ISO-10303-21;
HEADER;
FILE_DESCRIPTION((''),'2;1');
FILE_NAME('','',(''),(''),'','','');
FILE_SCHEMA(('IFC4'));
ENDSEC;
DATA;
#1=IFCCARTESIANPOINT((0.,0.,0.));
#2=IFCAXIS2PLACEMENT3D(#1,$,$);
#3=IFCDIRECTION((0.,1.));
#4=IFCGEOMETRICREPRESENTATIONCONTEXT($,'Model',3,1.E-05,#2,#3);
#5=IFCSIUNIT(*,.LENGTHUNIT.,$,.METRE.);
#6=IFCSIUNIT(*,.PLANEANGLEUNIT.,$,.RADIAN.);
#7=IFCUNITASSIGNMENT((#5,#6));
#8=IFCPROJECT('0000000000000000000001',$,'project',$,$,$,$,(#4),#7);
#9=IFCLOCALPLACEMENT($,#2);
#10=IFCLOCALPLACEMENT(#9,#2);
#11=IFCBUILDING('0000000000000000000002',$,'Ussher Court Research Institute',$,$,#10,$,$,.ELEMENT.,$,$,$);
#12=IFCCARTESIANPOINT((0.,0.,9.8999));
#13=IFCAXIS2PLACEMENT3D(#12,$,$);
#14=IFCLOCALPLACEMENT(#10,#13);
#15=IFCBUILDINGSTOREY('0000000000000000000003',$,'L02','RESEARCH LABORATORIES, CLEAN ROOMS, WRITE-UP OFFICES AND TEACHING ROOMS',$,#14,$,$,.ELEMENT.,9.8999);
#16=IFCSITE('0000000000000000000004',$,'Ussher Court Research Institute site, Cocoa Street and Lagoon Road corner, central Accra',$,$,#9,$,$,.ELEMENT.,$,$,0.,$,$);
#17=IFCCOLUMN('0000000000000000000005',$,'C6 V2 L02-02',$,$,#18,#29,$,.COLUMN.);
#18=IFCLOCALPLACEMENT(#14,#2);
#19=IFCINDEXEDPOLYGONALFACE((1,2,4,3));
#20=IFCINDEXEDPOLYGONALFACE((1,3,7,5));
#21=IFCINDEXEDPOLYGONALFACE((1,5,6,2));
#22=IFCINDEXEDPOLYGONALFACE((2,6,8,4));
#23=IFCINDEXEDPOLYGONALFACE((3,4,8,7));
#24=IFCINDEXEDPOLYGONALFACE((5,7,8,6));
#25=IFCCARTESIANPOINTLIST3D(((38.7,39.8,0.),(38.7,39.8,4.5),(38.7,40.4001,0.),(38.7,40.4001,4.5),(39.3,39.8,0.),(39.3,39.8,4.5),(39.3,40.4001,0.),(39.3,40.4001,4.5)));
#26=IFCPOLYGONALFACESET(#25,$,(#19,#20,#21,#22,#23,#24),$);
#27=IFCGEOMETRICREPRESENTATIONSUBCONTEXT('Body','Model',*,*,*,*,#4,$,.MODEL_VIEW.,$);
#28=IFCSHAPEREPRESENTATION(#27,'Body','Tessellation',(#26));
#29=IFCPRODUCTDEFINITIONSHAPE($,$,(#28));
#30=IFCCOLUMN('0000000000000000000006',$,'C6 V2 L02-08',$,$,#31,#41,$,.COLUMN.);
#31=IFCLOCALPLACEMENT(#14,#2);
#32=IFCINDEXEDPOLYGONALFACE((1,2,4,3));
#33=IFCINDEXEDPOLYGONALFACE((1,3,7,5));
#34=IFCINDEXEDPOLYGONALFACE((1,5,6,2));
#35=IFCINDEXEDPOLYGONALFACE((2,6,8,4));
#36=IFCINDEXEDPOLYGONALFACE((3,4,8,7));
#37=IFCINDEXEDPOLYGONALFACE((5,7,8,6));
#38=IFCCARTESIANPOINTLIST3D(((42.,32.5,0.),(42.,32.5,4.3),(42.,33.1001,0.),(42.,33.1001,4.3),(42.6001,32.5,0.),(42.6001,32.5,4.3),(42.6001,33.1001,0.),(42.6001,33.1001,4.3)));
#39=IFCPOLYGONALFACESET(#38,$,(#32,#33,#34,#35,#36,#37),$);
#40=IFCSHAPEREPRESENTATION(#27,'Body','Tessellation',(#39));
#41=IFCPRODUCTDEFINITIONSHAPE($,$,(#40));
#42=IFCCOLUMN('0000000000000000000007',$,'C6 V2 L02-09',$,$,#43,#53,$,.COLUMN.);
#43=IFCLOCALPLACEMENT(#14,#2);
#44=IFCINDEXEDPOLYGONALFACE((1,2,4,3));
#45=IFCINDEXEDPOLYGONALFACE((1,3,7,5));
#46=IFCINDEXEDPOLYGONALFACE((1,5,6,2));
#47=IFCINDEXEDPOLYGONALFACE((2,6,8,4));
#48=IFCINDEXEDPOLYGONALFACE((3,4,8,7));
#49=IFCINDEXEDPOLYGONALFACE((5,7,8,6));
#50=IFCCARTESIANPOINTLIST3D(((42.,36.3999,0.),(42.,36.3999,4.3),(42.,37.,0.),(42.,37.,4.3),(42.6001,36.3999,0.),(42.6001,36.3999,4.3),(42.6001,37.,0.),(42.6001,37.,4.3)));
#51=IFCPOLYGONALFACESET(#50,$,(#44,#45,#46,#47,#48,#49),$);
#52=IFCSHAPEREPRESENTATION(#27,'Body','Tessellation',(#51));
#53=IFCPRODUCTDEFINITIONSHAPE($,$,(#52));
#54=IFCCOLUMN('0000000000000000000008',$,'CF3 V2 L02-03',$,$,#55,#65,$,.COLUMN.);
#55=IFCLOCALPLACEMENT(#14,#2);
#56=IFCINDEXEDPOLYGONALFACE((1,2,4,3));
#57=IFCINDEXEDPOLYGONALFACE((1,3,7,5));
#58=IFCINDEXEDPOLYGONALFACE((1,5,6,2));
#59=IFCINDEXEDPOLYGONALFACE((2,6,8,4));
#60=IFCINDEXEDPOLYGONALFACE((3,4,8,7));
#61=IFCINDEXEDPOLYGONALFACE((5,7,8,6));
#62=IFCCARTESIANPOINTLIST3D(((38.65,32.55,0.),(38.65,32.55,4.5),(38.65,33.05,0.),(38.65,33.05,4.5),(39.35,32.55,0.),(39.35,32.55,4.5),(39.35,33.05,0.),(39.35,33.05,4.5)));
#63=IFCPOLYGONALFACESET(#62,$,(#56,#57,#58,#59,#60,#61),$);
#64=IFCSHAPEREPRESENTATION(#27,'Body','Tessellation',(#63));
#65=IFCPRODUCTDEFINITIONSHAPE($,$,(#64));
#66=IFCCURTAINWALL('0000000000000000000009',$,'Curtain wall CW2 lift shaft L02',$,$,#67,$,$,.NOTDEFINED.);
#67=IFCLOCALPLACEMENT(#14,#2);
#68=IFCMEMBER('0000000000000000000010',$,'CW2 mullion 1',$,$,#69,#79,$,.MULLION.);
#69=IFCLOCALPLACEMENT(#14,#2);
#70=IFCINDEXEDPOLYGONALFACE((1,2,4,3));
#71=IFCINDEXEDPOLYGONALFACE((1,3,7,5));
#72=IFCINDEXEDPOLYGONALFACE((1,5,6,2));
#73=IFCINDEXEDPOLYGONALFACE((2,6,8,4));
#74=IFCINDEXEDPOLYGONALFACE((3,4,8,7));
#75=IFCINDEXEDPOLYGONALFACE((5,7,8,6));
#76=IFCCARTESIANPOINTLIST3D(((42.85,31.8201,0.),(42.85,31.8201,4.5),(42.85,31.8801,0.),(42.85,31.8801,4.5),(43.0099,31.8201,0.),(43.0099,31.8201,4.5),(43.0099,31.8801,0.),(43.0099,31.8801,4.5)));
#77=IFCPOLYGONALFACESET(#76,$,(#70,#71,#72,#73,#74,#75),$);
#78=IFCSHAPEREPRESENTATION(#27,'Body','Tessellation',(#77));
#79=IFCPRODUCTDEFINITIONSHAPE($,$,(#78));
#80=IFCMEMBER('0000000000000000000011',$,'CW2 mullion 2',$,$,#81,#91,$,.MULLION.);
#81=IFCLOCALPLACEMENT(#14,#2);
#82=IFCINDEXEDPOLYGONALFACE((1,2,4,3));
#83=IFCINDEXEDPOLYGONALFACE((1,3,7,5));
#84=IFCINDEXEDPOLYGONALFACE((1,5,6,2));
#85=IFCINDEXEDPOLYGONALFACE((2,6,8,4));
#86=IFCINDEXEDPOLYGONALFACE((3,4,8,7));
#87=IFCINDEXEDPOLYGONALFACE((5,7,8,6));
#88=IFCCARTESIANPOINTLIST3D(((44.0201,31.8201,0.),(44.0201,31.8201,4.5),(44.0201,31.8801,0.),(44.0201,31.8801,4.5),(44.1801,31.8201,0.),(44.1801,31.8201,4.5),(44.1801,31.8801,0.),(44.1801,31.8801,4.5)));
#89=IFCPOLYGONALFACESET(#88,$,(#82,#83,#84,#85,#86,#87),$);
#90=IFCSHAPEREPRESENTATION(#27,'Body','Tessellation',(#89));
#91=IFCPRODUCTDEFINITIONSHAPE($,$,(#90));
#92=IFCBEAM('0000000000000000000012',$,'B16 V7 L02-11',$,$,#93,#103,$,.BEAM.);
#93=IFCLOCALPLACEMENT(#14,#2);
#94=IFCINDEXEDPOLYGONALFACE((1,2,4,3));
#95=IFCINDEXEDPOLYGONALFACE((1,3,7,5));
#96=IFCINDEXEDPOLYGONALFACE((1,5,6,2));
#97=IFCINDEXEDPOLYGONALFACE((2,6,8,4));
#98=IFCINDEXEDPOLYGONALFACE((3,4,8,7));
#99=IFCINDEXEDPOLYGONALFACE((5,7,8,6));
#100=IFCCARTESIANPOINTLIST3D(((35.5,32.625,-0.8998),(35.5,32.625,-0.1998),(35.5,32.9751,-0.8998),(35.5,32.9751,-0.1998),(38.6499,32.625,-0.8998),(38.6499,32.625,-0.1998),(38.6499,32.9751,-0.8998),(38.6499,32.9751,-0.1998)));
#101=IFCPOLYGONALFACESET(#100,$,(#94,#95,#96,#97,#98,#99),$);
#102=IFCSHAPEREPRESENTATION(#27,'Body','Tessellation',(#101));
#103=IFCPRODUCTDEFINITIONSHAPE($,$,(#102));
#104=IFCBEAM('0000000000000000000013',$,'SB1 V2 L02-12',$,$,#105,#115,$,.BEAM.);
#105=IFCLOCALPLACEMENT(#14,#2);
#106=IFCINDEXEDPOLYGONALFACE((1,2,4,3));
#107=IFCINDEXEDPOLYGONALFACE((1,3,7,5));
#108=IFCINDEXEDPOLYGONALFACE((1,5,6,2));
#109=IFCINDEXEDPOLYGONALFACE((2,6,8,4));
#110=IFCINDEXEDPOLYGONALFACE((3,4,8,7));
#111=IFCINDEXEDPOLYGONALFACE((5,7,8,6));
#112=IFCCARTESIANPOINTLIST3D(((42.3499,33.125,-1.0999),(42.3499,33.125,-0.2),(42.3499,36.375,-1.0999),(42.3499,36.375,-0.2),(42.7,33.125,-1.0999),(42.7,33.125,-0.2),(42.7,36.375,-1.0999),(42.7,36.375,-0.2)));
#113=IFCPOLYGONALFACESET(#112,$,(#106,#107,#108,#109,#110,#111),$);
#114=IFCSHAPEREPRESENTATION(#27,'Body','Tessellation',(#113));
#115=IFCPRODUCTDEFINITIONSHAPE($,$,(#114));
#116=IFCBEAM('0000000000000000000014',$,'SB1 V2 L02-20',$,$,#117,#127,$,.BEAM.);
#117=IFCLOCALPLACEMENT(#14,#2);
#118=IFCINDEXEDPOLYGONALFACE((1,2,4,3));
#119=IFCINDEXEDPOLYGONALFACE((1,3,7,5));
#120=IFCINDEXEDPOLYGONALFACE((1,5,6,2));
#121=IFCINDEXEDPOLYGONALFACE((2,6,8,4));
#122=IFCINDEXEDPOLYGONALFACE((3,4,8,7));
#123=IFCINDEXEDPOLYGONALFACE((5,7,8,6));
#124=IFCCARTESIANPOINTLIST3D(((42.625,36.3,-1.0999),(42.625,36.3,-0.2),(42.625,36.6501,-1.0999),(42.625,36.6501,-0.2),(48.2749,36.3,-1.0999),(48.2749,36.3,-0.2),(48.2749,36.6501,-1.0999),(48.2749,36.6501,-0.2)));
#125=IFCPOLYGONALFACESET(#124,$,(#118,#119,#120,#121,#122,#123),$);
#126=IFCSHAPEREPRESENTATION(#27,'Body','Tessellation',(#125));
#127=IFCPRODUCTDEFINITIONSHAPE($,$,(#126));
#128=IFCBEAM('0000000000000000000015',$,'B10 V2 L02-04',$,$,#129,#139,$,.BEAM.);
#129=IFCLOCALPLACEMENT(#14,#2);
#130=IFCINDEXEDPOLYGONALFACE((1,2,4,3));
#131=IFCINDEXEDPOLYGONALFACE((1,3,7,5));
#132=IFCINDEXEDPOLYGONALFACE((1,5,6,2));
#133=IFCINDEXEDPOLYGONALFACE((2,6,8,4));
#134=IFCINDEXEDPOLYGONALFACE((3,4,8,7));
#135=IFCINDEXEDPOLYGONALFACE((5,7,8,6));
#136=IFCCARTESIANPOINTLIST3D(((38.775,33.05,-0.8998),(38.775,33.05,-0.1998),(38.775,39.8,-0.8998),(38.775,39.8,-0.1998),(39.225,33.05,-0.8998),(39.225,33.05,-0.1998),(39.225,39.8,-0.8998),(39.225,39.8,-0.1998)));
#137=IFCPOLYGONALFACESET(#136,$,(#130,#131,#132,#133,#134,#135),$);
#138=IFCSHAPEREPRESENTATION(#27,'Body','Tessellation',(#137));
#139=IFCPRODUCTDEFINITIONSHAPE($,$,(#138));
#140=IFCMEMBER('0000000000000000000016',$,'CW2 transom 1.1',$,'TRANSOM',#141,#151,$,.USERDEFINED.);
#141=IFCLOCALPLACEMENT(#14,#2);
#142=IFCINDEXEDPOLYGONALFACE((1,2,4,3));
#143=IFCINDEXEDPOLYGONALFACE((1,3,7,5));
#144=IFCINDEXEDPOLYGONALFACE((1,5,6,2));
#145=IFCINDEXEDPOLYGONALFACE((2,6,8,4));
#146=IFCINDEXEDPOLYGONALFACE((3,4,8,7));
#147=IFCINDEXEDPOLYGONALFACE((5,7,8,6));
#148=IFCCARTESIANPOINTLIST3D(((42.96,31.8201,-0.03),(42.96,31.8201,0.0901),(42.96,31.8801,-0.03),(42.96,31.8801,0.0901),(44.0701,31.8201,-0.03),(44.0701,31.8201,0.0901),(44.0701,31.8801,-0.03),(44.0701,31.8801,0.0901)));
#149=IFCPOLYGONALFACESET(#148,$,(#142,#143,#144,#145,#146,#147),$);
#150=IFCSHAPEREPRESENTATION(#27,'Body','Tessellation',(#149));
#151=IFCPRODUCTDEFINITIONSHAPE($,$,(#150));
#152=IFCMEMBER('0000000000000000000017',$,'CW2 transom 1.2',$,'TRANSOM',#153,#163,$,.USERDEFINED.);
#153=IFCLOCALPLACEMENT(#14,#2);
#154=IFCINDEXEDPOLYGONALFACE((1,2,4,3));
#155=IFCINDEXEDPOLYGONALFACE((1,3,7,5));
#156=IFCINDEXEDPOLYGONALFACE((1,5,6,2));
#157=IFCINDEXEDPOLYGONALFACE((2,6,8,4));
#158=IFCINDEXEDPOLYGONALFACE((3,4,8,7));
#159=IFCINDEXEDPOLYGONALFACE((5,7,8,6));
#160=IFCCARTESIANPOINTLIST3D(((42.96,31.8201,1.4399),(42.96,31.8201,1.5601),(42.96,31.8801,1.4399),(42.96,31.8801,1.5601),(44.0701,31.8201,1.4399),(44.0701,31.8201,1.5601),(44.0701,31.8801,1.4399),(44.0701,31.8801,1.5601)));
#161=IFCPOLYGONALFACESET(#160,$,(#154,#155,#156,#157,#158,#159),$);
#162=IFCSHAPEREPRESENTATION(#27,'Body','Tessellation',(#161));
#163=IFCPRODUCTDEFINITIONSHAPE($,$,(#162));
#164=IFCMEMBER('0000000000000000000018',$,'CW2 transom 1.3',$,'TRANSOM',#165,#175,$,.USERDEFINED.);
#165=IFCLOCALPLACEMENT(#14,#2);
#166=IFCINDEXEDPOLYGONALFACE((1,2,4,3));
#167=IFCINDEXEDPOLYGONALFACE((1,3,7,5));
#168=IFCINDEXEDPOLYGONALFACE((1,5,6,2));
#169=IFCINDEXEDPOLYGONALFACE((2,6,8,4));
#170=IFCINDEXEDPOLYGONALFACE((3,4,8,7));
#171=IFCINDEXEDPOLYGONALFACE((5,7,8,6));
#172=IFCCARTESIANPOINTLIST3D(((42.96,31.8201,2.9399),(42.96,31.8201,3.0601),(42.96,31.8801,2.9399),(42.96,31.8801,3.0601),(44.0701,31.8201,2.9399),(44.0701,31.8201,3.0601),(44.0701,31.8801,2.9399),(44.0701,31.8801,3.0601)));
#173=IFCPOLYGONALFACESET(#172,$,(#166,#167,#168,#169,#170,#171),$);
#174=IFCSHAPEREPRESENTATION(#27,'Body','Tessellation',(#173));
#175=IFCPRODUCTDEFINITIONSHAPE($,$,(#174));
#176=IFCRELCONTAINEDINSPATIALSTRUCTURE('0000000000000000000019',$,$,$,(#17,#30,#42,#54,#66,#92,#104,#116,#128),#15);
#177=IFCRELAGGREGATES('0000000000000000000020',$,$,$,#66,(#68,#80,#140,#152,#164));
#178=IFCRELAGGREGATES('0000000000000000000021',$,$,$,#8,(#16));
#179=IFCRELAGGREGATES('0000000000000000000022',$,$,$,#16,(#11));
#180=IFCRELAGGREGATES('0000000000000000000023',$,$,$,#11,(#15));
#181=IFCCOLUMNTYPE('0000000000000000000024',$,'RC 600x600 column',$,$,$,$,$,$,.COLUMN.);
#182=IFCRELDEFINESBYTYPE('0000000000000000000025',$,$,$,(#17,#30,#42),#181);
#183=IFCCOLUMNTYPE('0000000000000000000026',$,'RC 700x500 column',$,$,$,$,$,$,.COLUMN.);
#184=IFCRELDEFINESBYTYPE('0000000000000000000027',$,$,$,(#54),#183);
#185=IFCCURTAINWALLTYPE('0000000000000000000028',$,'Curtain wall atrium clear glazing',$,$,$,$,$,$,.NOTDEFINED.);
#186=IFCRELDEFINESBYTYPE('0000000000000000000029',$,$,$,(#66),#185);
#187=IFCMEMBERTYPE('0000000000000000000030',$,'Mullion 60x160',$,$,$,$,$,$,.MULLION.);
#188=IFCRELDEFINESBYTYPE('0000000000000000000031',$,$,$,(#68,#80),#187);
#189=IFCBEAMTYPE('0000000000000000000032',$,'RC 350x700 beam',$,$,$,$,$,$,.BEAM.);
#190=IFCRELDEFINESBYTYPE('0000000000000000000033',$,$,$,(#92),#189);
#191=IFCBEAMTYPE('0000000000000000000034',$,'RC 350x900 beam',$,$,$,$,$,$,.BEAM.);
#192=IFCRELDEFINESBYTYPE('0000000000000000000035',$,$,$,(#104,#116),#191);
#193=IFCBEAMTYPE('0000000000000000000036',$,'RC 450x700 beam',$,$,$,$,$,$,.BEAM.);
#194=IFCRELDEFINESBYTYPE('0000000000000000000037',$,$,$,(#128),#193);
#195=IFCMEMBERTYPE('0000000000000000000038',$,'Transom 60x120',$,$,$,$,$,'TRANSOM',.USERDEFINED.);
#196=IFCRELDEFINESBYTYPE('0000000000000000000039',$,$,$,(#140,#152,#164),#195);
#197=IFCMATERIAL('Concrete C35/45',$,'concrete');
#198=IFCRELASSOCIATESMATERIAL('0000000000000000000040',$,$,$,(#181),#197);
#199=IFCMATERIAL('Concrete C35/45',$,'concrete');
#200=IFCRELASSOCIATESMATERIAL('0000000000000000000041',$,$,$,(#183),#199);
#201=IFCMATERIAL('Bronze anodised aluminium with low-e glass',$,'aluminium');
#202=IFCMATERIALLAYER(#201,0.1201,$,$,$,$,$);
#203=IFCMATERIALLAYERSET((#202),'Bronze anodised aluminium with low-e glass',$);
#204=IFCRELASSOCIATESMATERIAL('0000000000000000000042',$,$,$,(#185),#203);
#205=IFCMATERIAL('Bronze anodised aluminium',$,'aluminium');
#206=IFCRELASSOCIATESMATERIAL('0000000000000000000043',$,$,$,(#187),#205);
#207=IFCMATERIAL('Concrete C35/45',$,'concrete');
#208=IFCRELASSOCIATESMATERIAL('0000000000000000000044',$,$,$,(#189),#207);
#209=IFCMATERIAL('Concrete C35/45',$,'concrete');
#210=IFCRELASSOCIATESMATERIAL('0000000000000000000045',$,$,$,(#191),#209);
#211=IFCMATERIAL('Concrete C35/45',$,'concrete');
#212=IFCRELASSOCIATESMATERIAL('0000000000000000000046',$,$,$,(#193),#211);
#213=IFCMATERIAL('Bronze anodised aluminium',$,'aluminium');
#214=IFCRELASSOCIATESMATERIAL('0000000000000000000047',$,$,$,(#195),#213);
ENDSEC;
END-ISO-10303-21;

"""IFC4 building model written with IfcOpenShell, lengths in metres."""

from ifc_helpers import new_model, si_unit, direction, frame, origin, origin_2d, place, context, subcontext, project, spatial, rectangle, extrude, material, layer, layer_set, material_profile, profile_set, type_object, element, aggregate, save


model = new_model("IFC4")

# Units and contexts
model_context = context("Model", 3, precision=1e-05, world=origin(), true_north=direction((0.0, 1.0)))
body_context = subcontext(model_context, "Body", "Model", "MODEL_VIEW")
ifc_project = project(units=[si_unit("LENGTHUNIT", "METRE"), si_unit("PLANEANGLEUNIT", "RADIAN")], contexts=[model_context])

# Site, building, storey
site_placement = place(None, origin())
site = spatial("IfcSite", under=ifc_project, at=site_placement, Name="Ussher Court Research Institute site, Cocoa Street and Lagoon Road corner, central Accra", CompositionType="ELEMENT", RefElevation=0.0)
building_placement = place(site_placement, origin())
building = spatial("IfcBuilding", under=site, at=building_placement, Name="Ussher Court Research Institute", CompositionType="ELEMENT")
storey_placement = place(building_placement, frame((0.0, 0.0, 9.8999)))
storey = spatial("IfcBuildingStorey", under=building, at=storey_placement, Name="L02", Description="RESEARCH LABORATORIES, CLEAN ROOMS, WRITE-UP OFFICES AND TEACHING ROOMS", CompositionType="ELEMENT", Elevation=9.8999)

# Columns
ifc_material_1 = material(Name="Concrete C35/45", Category="concrete")
ifc_material_profile_1 = material_profile(ifc_material_1, rectangle(XDim=0.6001, YDim=0.6001, at=origin_2d()), Name="RC 600x600")
ifc_profile_set_1 = profile_set([ifc_material_profile_1], Name="Concrete C35/45")
column_type_1 = type_object("IfcColumnType", Name="RC 600x600 column", PredefinedType="COLUMN", material=ifc_profile_set_1)
column_1_placement = place(storey_placement, frame((39.0, 40.1001, 0.0), z_axis=(0.0, 0.0, 1.0), x_axis=(1.0, 0.0, 0.0)))
element("IfcColumn", 1, at=column_1_placement, inside=storey, type_object=column_type_1, Name="C6 V2 L02-02", PredefinedType="COLUMN", context=body_context, shape_type="SweptSolid", body=[
    extrude(rectangle(XDim=0.6001, YDim=0.6001, at=origin_2d()), origin(), (0.0, 0.0, 1.0), 4.5),
])
for number, where, z_axis, x_axis, name in (
    (2, (42.3, 32.8, 0.0), (0.0, 0.0, 1.0), (1.0, 0.0, 0.0), "C6 V2 L02-08"),
    (3, (42.3, 36.7, 0.0), (0.0, 0.0, 1.0), (1.0, 0.0, 0.0), "C6 V2 L02-09"),
):
    element("IfcColumn", number, at=place(storey_placement, frame(where, z_axis=z_axis, x_axis=x_axis)), inside=storey, type_object=column_type_1, Name=name, PredefinedType="COLUMN", context=body_context, shape_type="SweptSolid", body=[
        extrude(rectangle(XDim=0.6001, YDim=0.6001, at=origin_2d()), origin(), (0.0, 0.0, 1.0), 4.3),
    ])
ifc_material_2 = material(Name="Concrete C35/45", Category="concrete")
ifc_material_profile_2 = material_profile(ifc_material_2, rectangle(XDim=0.7, YDim=0.5, at=origin_2d()), Name="RC 700x500")
ifc_profile_set_2 = profile_set([ifc_material_profile_2], Name="Concrete C35/45")
column_type_2 = type_object("IfcColumnType", Name="RC 700x500 column", PredefinedType="COLUMN", material=ifc_profile_set_2)
column_2_placement = place(storey_placement, frame((39.0, 32.8, 0.0), z_axis=(0.0, 0.0, 1.0), x_axis=(1.0, 0.0, 0.0)))
element("IfcColumn", 4, at=column_2_placement, inside=storey, type_object=column_type_2, Name="CF3 V2 L02-03", PredefinedType="COLUMN", context=body_context, shape_type="SweptSolid", body=[
    extrude(rectangle(XDim=0.7, YDim=0.5, at=origin_2d()), origin(), (0.0, 0.0, 1.0), 4.5),
])

# Curtain wall, members
ifc_material_3 = material(Name="Bronze anodised aluminium with low-e glass", Category="aluminium")
ifc_layer_1 = layer(ifc_material_3, 0.1201)
ifc_layer_set_1 = layer_set([ifc_layer_1], Name="Bronze anodised aluminium with low-e glass")
curtain_wall_type = type_object("IfcCurtainWallType", Name="Curtain wall atrium clear glazing", PredefinedType="NOTDEFINED", material=ifc_layer_set_1)
curtain_wall_placement = place(storey_placement, origin())
curtain_wall = element("IfcCurtainWall", 5, at=curtain_wall_placement, inside=storey, type_object=curtain_wall_type, Name="Curtain wall CW2 lift shaft L02", PredefinedType="NOTDEFINED")
ifc_material_4 = material(Name="Bronze anodised aluminium", Category="aluminium")
ifc_material_profile_3 = material_profile(ifc_material_4, rectangle(XDim=0.0601, YDim=0.1599, at=origin_2d()), Name="Mullion 60x160")
ifc_profile_set_3 = profile_set([ifc_material_profile_3], Name="Bronze anodised aluminium")
member_type_1 = type_object("IfcMemberType", Name="Mullion 60x160", PredefinedType="MULLION", material=ifc_profile_set_3)
member_1_placement = place(storey_placement, frame((42.9299, 31.8501, 0.0), z_axis=(0.0, 0.0, 1.0), x_axis=(0.0, 1.0, 0.0)))
member_1 = element("IfcMember", 6, at=member_1_placement, type_object=member_type_1, Name="CW2 mullion 1", PredefinedType="MULLION", context=body_context, shape_type="SweptSolid", body=[
    extrude(rectangle(XDim=0.0601, YDim=0.1599, at=origin_2d()), origin(), (0.0, 0.0, 1.0), 4.5),
])
member_2_placement = place(storey_placement, frame((44.1001, 31.8501, 0.0), z_axis=(0.0, 0.0, 1.0), x_axis=(0.0, 1.0, 0.0)))
member_2 = element("IfcMember", 7, at=member_2_placement, type_object=member_type_1, Name="CW2 mullion 2", PredefinedType="MULLION", context=body_context, shape_type="SweptSolid", body=[
    extrude(rectangle(XDim=0.0601, YDim=0.1599, at=origin_2d()), origin(), (0.0, 0.0, 1.0), 4.5),
])

# Beams
ifc_material_5 = material(Name="Concrete C35/45", Category="concrete")
ifc_material_profile_4 = material_profile(ifc_material_5, rectangle(XDim=0.3501, YDim=0.7, at=origin_2d()), Name="RC 350x700")
ifc_profile_set_4 = profile_set([ifc_material_profile_4], Name="Concrete C35/45")
beam_type_1 = type_object("IfcBeamType", Name="RC 350x700 beam", PredefinedType="BEAM", material=ifc_profile_set_4)
beam_1_placement = place(storey_placement, frame((35.5, 32.8, -0.5498), z_axis=(1.0, 0.0, 0.0), x_axis=(0.0, 1.0, 0.0)))
element("IfcBeam", 8, at=beam_1_placement, inside=storey, type_object=beam_type_1, Name="B16 V7 L02-11", PredefinedType="BEAM", context=body_context, shape_type="SweptSolid", body=[
    extrude(rectangle(XDim=0.3501, YDim=0.7, at=origin_2d()), origin(), (0.0, 0.0, 1.0), 3.1499),
])
ifc_material_6 = material(Name="Concrete C35/45", Category="concrete")
ifc_material_profile_5 = material_profile(ifc_material_6, rectangle(XDim=0.3501, YDim=0.8999, at=origin_2d()), Name="RC 350x900")
ifc_profile_set_5 = profile_set([ifc_material_profile_5], Name="Concrete C35/45")
beam_type_2 = type_object("IfcBeamType", Name="RC 350x900 beam", PredefinedType="BEAM", material=ifc_profile_set_5)
beam_2_placement = place(storey_placement, frame((42.5249, 33.125, -0.6499), z_axis=(0.0, 1.0, 0.0), x_axis=(-1.0, 0.0, 0.0)))
element("IfcBeam", 9, at=beam_2_placement, inside=storey, type_object=beam_type_2, Name="SB1 V2 L02-12", PredefinedType="BEAM", context=body_context, shape_type="SweptSolid", body=[
    extrude(rectangle(XDim=0.3501, YDim=0.8999, at=origin_2d()), origin(), (0.0, 0.0, 1.0), 3.25),
])
beam_3_placement = place(storey_placement, frame((42.625, 36.4751, -0.6499), z_axis=(1.0, 0.0, 0.0), x_axis=(0.0, 1.0, 0.0)))
element("IfcBeam", 10, at=beam_3_placement, inside=storey, type_object=beam_type_2, Name="SB1 V2 L02-20", PredefinedType="BEAM", context=body_context, shape_type="SweptSolid", body=[
    extrude(rectangle(XDim=0.3501, YDim=0.8999, at=origin_2d()), origin(), (0.0, 0.0, 1.0), 5.6499),
])
ifc_material_7 = material(Name="Concrete C35/45", Category="concrete")
ifc_material_profile_6 = material_profile(ifc_material_7, rectangle(XDim=0.45, YDim=0.7, at=origin_2d()), Name="RC 450x700")
ifc_profile_set_6 = profile_set([ifc_material_profile_6], Name="Concrete C35/45")
beam_type_3 = type_object("IfcBeamType", Name="RC 450x700 beam", PredefinedType="BEAM", material=ifc_profile_set_6)
beam_4_placement = place(storey_placement, frame((39.0, 33.05, -0.5498), z_axis=(0.0, 1.0, 0.0), x_axis=(-1.0, 0.0, 0.0)))
element("IfcBeam", 11, at=beam_4_placement, inside=storey, type_object=beam_type_3, Name="B10 V2 L02-04", PredefinedType="BEAM", context=body_context, shape_type="SweptSolid", body=[
    extrude(rectangle(XDim=0.45, YDim=0.7, at=origin_2d()), origin(), (0.0, 0.0, 1.0), 6.75),
])

# Members
ifc_material_8 = material(Name="Bronze anodised aluminium", Category="aluminium")
ifc_material_profile_7 = material_profile(ifc_material_8, rectangle(XDim=0.0601, YDim=0.1201, at=origin_2d()), Name="Transom 60x120")
ifc_profile_set_7 = profile_set([ifc_material_profile_7], Name="Bronze anodised aluminium")
member_type_2 = type_object("IfcMemberType", Name="Transom 60x120", ElementType="TRANSOM", PredefinedType="USERDEFINED", material=ifc_profile_set_7)
member_3_placement = place(storey_placement, frame((42.96, 31.8501, 0.03), z_axis=(1.0, 0.0, 0.0), x_axis=(0.0, 1.0, 0.0)))
member_3 = element("IfcMember", 12, at=member_3_placement, type_object=member_type_2, Name="CW2 transom 1.1", ObjectType="TRANSOM", PredefinedType="USERDEFINED", context=body_context, shape_type="SweptSolid", body=[
    extrude(rectangle(XDim=0.0601, YDim=0.1201, at=origin_2d()), origin(), (0.0, 0.0, 1.0), 1.1101),
])
member_4_placement = place(storey_placement, frame((42.96, 31.8501, 1.5), z_axis=(1.0, 0.0, 0.0), x_axis=(0.0, 1.0, 0.0)))
member_4 = element("IfcMember", 13, at=member_4_placement, type_object=member_type_2, Name="CW2 transom 1.2", ObjectType="TRANSOM", PredefinedType="USERDEFINED", context=body_context, shape_type="SweptSolid", body=[
    extrude(rectangle(XDim=0.0601, YDim=0.1201, at=origin_2d()), origin(), (0.0, 0.0, 1.0), 1.1101),
])
member_5_placement = place(storey_placement, frame((42.96, 31.8501, 3.0), z_axis=(1.0, 0.0, 0.0), x_axis=(0.0, 1.0, 0.0)))
member_5 = element("IfcMember", 14, at=member_5_placement, type_object=member_type_2, Name="CW2 transom 1.3", ObjectType="TRANSOM", PredefinedType="USERDEFINED", context=body_context, shape_type="SweptSolid", body=[
    extrude(rectangle(XDim=0.0601, YDim=0.1201, at=origin_2d()), origin(), (0.0, 0.0, 1.0), 1.1101),
])

aggregate(curtain_wall, [member_1, member_2, member_3, member_4, member_5])

save(model, "model.ifc")
